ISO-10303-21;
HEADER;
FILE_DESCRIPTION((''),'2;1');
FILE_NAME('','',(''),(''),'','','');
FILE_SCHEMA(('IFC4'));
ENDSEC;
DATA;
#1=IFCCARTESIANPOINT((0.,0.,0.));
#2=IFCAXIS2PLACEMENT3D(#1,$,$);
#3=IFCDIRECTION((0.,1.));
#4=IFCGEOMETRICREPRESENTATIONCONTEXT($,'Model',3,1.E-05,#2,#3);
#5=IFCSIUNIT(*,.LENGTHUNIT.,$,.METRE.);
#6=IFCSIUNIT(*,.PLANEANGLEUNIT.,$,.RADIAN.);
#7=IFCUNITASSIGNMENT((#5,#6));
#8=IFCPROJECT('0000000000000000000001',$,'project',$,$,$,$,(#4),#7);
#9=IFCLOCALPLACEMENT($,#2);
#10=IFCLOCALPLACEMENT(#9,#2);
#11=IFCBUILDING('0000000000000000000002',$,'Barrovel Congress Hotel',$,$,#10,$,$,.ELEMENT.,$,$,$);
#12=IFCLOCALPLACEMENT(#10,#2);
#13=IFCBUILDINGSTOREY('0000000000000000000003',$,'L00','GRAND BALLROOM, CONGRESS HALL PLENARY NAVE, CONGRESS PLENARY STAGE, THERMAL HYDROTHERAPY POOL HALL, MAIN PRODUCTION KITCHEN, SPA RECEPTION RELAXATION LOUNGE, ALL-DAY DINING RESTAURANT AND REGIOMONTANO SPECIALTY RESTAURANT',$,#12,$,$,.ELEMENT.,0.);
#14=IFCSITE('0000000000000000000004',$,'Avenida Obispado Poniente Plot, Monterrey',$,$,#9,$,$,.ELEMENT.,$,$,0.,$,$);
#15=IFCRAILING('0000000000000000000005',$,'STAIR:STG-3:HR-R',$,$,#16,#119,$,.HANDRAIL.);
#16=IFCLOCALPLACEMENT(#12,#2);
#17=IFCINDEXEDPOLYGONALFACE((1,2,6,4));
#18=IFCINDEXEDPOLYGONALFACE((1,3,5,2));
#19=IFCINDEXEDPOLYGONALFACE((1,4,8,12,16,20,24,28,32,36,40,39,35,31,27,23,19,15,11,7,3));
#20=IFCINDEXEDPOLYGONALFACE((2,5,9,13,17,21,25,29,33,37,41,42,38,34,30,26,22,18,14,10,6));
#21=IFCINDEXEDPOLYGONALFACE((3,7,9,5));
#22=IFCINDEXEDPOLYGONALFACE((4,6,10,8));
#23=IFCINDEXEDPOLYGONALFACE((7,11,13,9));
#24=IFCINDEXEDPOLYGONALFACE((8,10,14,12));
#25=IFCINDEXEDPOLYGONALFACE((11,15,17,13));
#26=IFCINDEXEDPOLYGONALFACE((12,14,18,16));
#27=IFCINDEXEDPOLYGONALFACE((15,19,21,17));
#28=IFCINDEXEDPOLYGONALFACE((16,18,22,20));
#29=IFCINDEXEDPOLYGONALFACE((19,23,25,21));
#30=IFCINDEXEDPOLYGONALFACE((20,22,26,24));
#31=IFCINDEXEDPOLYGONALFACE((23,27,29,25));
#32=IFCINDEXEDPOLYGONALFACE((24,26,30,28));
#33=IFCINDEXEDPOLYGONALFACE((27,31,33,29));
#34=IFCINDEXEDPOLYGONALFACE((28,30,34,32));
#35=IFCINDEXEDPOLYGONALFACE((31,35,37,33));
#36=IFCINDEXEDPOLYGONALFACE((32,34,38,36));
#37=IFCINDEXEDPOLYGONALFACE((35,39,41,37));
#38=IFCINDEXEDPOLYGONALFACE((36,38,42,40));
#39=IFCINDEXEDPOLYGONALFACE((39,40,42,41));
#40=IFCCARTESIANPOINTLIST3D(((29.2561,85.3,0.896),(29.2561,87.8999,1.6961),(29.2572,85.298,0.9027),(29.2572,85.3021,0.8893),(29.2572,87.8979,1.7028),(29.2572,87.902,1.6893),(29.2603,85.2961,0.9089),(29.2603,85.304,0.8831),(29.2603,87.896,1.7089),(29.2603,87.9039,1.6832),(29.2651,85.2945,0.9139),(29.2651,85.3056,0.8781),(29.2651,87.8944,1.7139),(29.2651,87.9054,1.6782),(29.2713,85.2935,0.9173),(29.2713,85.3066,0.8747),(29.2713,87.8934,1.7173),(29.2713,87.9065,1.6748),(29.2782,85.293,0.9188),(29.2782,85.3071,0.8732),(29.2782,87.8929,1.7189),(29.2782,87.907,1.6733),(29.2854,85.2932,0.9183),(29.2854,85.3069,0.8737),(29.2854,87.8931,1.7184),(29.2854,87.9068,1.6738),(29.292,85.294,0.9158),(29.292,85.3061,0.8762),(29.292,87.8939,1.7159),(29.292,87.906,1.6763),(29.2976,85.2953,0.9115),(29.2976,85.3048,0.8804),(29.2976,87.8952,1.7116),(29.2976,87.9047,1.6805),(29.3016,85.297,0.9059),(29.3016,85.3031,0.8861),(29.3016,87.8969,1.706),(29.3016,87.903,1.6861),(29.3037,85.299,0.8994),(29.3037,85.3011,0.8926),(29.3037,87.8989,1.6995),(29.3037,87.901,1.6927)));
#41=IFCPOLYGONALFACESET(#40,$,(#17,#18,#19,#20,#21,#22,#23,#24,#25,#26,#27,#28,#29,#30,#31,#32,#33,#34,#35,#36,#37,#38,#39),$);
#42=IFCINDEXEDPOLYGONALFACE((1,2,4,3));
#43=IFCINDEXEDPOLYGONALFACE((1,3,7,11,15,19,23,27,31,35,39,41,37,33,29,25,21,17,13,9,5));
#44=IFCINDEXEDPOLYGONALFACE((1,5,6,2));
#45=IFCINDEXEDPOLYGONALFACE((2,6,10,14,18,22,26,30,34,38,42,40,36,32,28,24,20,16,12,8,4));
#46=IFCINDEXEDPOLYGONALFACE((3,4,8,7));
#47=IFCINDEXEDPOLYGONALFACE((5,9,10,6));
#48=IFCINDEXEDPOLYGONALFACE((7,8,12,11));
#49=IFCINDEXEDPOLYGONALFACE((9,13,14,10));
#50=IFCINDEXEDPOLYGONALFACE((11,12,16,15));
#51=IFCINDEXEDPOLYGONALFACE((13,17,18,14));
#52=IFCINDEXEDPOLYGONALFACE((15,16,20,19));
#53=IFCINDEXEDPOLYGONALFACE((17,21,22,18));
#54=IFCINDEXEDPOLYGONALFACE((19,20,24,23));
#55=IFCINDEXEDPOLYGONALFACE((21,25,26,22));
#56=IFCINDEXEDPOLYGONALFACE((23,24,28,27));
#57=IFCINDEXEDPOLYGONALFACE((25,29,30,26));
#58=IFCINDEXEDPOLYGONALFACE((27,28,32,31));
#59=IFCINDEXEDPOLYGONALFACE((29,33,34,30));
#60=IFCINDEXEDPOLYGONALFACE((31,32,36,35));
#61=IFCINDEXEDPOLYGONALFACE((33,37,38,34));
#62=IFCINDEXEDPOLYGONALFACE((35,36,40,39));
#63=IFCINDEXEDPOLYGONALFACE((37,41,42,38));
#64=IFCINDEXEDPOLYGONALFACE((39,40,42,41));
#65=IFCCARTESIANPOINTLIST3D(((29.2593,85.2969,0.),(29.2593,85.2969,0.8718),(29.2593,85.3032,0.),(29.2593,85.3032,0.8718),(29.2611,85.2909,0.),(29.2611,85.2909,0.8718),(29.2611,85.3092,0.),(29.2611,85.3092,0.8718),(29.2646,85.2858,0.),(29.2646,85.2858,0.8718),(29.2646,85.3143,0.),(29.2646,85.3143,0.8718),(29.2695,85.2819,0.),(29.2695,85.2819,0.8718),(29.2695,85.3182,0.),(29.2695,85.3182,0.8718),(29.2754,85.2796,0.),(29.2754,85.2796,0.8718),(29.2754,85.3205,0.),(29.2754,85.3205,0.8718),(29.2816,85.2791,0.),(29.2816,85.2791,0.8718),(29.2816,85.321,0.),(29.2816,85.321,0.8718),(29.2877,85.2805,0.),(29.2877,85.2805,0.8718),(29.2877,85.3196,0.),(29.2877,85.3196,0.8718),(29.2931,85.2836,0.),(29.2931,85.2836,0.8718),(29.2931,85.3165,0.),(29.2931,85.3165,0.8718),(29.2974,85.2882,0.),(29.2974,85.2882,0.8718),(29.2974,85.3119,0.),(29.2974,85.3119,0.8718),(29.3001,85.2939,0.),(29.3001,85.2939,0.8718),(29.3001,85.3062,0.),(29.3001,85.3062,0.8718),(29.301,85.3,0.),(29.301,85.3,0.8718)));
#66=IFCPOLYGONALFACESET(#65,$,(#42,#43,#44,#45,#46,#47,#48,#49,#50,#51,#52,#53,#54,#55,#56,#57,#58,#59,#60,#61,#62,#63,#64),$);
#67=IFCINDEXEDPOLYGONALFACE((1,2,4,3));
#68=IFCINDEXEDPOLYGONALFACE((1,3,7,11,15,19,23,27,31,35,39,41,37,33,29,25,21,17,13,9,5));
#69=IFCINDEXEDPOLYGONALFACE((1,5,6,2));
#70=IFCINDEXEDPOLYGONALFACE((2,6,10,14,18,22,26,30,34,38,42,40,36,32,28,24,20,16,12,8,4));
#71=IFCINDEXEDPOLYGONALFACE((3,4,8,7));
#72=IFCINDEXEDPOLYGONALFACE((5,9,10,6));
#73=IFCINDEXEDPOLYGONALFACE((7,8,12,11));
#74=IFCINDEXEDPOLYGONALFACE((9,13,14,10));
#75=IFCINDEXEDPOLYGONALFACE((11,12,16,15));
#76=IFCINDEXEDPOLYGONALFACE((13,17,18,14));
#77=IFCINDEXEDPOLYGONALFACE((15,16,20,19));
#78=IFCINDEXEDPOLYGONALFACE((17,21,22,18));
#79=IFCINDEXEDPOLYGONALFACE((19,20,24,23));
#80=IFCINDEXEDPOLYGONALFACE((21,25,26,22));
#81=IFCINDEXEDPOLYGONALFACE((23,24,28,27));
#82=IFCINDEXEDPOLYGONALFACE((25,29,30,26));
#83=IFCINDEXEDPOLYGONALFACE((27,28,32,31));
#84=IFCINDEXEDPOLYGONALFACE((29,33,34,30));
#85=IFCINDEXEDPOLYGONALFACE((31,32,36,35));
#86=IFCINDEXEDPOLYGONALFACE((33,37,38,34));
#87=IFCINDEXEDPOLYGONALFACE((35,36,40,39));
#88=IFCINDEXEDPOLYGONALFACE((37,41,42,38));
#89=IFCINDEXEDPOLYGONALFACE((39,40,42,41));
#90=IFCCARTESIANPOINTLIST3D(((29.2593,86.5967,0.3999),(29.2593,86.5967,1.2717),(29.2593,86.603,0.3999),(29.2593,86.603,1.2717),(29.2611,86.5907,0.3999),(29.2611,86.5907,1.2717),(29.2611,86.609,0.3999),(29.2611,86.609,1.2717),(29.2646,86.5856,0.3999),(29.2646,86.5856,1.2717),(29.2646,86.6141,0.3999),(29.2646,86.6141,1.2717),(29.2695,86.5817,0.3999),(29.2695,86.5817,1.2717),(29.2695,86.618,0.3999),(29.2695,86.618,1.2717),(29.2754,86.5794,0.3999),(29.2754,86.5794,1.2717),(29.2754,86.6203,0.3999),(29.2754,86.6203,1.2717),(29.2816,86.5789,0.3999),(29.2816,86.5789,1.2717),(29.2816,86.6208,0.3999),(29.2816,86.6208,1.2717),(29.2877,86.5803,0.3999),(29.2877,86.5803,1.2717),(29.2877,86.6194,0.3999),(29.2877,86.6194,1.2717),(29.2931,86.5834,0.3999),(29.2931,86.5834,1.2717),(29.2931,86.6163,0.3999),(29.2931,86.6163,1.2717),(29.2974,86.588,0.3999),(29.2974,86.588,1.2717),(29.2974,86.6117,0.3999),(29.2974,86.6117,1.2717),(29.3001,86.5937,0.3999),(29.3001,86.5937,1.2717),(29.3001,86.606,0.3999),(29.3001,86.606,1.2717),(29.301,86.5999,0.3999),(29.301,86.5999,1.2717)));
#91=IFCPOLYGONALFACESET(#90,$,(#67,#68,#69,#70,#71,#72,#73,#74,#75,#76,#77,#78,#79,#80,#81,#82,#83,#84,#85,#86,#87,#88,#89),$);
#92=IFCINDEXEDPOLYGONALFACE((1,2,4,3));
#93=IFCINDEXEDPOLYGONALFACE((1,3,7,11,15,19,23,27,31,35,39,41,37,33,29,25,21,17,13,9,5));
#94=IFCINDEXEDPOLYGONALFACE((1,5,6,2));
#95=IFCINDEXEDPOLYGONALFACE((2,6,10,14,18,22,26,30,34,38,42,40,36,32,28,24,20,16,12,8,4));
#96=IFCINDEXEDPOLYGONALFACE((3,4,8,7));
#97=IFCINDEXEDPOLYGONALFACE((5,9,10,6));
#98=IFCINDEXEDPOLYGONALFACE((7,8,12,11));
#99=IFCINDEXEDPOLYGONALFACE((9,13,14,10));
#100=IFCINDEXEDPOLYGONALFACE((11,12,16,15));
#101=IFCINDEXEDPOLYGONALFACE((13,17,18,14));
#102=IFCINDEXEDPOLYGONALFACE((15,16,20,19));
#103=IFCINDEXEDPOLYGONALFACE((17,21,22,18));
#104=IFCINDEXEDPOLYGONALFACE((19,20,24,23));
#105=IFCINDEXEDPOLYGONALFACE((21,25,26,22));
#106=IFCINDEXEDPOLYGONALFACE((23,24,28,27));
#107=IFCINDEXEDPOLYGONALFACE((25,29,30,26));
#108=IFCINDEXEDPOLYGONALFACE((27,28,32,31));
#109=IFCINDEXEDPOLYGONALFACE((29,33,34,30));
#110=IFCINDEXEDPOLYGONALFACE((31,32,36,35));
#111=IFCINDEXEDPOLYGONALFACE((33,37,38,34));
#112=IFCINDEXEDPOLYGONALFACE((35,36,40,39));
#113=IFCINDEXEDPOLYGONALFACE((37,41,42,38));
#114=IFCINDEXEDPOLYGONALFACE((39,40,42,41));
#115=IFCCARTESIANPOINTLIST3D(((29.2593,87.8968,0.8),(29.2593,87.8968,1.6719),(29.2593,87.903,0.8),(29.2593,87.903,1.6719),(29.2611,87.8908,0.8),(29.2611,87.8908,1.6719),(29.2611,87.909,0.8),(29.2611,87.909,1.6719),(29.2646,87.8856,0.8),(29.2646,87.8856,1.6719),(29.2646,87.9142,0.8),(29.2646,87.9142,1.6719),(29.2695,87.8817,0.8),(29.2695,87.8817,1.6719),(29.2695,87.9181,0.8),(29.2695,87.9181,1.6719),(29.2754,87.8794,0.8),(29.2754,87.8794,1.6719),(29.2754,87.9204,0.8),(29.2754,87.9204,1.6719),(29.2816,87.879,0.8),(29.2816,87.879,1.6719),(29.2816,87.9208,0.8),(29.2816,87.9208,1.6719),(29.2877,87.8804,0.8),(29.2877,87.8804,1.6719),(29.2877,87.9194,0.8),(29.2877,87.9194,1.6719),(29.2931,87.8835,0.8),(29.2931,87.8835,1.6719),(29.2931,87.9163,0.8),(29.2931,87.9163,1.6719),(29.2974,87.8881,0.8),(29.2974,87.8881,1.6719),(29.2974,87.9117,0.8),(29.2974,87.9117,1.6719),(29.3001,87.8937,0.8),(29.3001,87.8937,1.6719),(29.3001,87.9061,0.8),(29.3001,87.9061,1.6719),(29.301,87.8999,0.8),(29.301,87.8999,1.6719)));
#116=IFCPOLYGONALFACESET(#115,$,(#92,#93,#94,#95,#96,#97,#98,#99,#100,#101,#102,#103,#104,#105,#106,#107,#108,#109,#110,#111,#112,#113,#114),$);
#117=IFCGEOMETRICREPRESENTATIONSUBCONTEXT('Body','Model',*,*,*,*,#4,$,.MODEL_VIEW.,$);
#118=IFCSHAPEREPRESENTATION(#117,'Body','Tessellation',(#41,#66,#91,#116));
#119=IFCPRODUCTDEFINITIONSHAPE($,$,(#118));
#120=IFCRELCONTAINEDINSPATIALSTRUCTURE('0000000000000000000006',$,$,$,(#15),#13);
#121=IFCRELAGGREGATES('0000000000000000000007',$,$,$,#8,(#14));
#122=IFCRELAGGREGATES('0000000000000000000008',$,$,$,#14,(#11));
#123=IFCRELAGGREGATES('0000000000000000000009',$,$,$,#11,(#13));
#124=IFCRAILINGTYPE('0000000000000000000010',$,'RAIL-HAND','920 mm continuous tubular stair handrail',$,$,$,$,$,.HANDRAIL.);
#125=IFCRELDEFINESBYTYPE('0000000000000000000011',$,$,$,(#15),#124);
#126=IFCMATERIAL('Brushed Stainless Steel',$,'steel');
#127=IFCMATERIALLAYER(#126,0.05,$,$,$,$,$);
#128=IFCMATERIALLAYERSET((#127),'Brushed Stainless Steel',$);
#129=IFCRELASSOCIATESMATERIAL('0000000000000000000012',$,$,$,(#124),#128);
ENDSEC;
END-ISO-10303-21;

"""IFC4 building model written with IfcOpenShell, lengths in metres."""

from ifc_helpers import new_model, si_unit, direction, frame, origin, origin_2d, place, context, subcontext, project, spatial, circle, extrude, material, layer, layer_set, type_object, element, save


model = new_model("IFC4")

# Units and contexts
model_context = context("Model", 3, precision=1e-05, world=origin(), true_north=direction((0.0, 1.0)))
body_context = subcontext(model_context, "Body", "Model", "MODEL_VIEW")
ifc_project = project(units=[si_unit("LENGTHUNIT", "METRE"), si_unit("PLANEANGLEUNIT", "RADIAN")], contexts=[model_context])

# Site, building, storey
site_placement = place(None, origin())
site = spatial("IfcSite", under=ifc_project, at=site_placement, Name="Avenida Obispado Poniente Plot, Monterrey", CompositionType="ELEMENT", RefElevation=0.0)
building_placement = place(site_placement, origin())
building = spatial("IfcBuilding", under=site, at=building_placement, Name="Barrovel Congress Hotel", CompositionType="ELEMENT")
storey_placement = place(building_placement, origin())
storey = spatial("IfcBuildingStorey", under=building, at=storey_placement, Name="L00", Description="GRAND BALLROOM, CONGRESS HALL PLENARY NAVE, CONGRESS PLENARY STAGE, THERMAL HYDROTHERAPY POOL HALL, MAIN PRODUCTION KITCHEN, SPA RECEPTION RELAXATION LOUNGE, ALL-DAY DINING RESTAURANT AND REGIOMONTANO SPECIALTY RESTAURANT", CompositionType="ELEMENT", Elevation=0.0)

# Railing
ifc_material_1 = material(Name="Brushed Stainless Steel", Category="steel")
ifc_layer_1 = layer(ifc_material_1, 0.05)
ifc_layer_set_1 = layer_set([ifc_layer_1], Name="Brushed Stainless Steel")
railing_type = type_object("IfcRailingType", Name="RAIL-HAND", Description="920 mm continuous tubular stair handrail", PredefinedType="HANDRAIL", material=ifc_layer_set_1)
for number, where, name in (
    (1, (29.28, 85.3, 0.0), "STAIR:STG-3:HR-R"),
):
    element("IfcRailing", number, at=place(storey_placement, frame(where)), inside=storey, type_object=railing_type, Name=name, PredefinedType="HANDRAIL", context=body_context, shape_type="SweptSolid", body=[
        extrude(circle(Radius=0.0239, at=origin_2d()), frame((0.0, 0.0, 0.896), z_axis=(0.0, 0.955769, 0.294117), x_axis=(-1.0, 0.0, 0.0)), (0.0, 0.0, 1.0), 2.7202),
        extrude(circle(Radius=0.021, at=origin_2d()), origin(), (0.0, 0.0, 1.0), 0.8718),
        extrude(circle(Radius=0.021, at=origin_2d()), frame((0.0, 1.2998, 0.3999)), (0.0, 0.0, 1.0), 0.8718),
        extrude(circle(Radius=0.021, at=origin_2d()), frame((0.0, 2.5999, 0.8)), (0.0, 0.0, 1.0), 0.8718),
    ])

save(model, "model.ifc")
